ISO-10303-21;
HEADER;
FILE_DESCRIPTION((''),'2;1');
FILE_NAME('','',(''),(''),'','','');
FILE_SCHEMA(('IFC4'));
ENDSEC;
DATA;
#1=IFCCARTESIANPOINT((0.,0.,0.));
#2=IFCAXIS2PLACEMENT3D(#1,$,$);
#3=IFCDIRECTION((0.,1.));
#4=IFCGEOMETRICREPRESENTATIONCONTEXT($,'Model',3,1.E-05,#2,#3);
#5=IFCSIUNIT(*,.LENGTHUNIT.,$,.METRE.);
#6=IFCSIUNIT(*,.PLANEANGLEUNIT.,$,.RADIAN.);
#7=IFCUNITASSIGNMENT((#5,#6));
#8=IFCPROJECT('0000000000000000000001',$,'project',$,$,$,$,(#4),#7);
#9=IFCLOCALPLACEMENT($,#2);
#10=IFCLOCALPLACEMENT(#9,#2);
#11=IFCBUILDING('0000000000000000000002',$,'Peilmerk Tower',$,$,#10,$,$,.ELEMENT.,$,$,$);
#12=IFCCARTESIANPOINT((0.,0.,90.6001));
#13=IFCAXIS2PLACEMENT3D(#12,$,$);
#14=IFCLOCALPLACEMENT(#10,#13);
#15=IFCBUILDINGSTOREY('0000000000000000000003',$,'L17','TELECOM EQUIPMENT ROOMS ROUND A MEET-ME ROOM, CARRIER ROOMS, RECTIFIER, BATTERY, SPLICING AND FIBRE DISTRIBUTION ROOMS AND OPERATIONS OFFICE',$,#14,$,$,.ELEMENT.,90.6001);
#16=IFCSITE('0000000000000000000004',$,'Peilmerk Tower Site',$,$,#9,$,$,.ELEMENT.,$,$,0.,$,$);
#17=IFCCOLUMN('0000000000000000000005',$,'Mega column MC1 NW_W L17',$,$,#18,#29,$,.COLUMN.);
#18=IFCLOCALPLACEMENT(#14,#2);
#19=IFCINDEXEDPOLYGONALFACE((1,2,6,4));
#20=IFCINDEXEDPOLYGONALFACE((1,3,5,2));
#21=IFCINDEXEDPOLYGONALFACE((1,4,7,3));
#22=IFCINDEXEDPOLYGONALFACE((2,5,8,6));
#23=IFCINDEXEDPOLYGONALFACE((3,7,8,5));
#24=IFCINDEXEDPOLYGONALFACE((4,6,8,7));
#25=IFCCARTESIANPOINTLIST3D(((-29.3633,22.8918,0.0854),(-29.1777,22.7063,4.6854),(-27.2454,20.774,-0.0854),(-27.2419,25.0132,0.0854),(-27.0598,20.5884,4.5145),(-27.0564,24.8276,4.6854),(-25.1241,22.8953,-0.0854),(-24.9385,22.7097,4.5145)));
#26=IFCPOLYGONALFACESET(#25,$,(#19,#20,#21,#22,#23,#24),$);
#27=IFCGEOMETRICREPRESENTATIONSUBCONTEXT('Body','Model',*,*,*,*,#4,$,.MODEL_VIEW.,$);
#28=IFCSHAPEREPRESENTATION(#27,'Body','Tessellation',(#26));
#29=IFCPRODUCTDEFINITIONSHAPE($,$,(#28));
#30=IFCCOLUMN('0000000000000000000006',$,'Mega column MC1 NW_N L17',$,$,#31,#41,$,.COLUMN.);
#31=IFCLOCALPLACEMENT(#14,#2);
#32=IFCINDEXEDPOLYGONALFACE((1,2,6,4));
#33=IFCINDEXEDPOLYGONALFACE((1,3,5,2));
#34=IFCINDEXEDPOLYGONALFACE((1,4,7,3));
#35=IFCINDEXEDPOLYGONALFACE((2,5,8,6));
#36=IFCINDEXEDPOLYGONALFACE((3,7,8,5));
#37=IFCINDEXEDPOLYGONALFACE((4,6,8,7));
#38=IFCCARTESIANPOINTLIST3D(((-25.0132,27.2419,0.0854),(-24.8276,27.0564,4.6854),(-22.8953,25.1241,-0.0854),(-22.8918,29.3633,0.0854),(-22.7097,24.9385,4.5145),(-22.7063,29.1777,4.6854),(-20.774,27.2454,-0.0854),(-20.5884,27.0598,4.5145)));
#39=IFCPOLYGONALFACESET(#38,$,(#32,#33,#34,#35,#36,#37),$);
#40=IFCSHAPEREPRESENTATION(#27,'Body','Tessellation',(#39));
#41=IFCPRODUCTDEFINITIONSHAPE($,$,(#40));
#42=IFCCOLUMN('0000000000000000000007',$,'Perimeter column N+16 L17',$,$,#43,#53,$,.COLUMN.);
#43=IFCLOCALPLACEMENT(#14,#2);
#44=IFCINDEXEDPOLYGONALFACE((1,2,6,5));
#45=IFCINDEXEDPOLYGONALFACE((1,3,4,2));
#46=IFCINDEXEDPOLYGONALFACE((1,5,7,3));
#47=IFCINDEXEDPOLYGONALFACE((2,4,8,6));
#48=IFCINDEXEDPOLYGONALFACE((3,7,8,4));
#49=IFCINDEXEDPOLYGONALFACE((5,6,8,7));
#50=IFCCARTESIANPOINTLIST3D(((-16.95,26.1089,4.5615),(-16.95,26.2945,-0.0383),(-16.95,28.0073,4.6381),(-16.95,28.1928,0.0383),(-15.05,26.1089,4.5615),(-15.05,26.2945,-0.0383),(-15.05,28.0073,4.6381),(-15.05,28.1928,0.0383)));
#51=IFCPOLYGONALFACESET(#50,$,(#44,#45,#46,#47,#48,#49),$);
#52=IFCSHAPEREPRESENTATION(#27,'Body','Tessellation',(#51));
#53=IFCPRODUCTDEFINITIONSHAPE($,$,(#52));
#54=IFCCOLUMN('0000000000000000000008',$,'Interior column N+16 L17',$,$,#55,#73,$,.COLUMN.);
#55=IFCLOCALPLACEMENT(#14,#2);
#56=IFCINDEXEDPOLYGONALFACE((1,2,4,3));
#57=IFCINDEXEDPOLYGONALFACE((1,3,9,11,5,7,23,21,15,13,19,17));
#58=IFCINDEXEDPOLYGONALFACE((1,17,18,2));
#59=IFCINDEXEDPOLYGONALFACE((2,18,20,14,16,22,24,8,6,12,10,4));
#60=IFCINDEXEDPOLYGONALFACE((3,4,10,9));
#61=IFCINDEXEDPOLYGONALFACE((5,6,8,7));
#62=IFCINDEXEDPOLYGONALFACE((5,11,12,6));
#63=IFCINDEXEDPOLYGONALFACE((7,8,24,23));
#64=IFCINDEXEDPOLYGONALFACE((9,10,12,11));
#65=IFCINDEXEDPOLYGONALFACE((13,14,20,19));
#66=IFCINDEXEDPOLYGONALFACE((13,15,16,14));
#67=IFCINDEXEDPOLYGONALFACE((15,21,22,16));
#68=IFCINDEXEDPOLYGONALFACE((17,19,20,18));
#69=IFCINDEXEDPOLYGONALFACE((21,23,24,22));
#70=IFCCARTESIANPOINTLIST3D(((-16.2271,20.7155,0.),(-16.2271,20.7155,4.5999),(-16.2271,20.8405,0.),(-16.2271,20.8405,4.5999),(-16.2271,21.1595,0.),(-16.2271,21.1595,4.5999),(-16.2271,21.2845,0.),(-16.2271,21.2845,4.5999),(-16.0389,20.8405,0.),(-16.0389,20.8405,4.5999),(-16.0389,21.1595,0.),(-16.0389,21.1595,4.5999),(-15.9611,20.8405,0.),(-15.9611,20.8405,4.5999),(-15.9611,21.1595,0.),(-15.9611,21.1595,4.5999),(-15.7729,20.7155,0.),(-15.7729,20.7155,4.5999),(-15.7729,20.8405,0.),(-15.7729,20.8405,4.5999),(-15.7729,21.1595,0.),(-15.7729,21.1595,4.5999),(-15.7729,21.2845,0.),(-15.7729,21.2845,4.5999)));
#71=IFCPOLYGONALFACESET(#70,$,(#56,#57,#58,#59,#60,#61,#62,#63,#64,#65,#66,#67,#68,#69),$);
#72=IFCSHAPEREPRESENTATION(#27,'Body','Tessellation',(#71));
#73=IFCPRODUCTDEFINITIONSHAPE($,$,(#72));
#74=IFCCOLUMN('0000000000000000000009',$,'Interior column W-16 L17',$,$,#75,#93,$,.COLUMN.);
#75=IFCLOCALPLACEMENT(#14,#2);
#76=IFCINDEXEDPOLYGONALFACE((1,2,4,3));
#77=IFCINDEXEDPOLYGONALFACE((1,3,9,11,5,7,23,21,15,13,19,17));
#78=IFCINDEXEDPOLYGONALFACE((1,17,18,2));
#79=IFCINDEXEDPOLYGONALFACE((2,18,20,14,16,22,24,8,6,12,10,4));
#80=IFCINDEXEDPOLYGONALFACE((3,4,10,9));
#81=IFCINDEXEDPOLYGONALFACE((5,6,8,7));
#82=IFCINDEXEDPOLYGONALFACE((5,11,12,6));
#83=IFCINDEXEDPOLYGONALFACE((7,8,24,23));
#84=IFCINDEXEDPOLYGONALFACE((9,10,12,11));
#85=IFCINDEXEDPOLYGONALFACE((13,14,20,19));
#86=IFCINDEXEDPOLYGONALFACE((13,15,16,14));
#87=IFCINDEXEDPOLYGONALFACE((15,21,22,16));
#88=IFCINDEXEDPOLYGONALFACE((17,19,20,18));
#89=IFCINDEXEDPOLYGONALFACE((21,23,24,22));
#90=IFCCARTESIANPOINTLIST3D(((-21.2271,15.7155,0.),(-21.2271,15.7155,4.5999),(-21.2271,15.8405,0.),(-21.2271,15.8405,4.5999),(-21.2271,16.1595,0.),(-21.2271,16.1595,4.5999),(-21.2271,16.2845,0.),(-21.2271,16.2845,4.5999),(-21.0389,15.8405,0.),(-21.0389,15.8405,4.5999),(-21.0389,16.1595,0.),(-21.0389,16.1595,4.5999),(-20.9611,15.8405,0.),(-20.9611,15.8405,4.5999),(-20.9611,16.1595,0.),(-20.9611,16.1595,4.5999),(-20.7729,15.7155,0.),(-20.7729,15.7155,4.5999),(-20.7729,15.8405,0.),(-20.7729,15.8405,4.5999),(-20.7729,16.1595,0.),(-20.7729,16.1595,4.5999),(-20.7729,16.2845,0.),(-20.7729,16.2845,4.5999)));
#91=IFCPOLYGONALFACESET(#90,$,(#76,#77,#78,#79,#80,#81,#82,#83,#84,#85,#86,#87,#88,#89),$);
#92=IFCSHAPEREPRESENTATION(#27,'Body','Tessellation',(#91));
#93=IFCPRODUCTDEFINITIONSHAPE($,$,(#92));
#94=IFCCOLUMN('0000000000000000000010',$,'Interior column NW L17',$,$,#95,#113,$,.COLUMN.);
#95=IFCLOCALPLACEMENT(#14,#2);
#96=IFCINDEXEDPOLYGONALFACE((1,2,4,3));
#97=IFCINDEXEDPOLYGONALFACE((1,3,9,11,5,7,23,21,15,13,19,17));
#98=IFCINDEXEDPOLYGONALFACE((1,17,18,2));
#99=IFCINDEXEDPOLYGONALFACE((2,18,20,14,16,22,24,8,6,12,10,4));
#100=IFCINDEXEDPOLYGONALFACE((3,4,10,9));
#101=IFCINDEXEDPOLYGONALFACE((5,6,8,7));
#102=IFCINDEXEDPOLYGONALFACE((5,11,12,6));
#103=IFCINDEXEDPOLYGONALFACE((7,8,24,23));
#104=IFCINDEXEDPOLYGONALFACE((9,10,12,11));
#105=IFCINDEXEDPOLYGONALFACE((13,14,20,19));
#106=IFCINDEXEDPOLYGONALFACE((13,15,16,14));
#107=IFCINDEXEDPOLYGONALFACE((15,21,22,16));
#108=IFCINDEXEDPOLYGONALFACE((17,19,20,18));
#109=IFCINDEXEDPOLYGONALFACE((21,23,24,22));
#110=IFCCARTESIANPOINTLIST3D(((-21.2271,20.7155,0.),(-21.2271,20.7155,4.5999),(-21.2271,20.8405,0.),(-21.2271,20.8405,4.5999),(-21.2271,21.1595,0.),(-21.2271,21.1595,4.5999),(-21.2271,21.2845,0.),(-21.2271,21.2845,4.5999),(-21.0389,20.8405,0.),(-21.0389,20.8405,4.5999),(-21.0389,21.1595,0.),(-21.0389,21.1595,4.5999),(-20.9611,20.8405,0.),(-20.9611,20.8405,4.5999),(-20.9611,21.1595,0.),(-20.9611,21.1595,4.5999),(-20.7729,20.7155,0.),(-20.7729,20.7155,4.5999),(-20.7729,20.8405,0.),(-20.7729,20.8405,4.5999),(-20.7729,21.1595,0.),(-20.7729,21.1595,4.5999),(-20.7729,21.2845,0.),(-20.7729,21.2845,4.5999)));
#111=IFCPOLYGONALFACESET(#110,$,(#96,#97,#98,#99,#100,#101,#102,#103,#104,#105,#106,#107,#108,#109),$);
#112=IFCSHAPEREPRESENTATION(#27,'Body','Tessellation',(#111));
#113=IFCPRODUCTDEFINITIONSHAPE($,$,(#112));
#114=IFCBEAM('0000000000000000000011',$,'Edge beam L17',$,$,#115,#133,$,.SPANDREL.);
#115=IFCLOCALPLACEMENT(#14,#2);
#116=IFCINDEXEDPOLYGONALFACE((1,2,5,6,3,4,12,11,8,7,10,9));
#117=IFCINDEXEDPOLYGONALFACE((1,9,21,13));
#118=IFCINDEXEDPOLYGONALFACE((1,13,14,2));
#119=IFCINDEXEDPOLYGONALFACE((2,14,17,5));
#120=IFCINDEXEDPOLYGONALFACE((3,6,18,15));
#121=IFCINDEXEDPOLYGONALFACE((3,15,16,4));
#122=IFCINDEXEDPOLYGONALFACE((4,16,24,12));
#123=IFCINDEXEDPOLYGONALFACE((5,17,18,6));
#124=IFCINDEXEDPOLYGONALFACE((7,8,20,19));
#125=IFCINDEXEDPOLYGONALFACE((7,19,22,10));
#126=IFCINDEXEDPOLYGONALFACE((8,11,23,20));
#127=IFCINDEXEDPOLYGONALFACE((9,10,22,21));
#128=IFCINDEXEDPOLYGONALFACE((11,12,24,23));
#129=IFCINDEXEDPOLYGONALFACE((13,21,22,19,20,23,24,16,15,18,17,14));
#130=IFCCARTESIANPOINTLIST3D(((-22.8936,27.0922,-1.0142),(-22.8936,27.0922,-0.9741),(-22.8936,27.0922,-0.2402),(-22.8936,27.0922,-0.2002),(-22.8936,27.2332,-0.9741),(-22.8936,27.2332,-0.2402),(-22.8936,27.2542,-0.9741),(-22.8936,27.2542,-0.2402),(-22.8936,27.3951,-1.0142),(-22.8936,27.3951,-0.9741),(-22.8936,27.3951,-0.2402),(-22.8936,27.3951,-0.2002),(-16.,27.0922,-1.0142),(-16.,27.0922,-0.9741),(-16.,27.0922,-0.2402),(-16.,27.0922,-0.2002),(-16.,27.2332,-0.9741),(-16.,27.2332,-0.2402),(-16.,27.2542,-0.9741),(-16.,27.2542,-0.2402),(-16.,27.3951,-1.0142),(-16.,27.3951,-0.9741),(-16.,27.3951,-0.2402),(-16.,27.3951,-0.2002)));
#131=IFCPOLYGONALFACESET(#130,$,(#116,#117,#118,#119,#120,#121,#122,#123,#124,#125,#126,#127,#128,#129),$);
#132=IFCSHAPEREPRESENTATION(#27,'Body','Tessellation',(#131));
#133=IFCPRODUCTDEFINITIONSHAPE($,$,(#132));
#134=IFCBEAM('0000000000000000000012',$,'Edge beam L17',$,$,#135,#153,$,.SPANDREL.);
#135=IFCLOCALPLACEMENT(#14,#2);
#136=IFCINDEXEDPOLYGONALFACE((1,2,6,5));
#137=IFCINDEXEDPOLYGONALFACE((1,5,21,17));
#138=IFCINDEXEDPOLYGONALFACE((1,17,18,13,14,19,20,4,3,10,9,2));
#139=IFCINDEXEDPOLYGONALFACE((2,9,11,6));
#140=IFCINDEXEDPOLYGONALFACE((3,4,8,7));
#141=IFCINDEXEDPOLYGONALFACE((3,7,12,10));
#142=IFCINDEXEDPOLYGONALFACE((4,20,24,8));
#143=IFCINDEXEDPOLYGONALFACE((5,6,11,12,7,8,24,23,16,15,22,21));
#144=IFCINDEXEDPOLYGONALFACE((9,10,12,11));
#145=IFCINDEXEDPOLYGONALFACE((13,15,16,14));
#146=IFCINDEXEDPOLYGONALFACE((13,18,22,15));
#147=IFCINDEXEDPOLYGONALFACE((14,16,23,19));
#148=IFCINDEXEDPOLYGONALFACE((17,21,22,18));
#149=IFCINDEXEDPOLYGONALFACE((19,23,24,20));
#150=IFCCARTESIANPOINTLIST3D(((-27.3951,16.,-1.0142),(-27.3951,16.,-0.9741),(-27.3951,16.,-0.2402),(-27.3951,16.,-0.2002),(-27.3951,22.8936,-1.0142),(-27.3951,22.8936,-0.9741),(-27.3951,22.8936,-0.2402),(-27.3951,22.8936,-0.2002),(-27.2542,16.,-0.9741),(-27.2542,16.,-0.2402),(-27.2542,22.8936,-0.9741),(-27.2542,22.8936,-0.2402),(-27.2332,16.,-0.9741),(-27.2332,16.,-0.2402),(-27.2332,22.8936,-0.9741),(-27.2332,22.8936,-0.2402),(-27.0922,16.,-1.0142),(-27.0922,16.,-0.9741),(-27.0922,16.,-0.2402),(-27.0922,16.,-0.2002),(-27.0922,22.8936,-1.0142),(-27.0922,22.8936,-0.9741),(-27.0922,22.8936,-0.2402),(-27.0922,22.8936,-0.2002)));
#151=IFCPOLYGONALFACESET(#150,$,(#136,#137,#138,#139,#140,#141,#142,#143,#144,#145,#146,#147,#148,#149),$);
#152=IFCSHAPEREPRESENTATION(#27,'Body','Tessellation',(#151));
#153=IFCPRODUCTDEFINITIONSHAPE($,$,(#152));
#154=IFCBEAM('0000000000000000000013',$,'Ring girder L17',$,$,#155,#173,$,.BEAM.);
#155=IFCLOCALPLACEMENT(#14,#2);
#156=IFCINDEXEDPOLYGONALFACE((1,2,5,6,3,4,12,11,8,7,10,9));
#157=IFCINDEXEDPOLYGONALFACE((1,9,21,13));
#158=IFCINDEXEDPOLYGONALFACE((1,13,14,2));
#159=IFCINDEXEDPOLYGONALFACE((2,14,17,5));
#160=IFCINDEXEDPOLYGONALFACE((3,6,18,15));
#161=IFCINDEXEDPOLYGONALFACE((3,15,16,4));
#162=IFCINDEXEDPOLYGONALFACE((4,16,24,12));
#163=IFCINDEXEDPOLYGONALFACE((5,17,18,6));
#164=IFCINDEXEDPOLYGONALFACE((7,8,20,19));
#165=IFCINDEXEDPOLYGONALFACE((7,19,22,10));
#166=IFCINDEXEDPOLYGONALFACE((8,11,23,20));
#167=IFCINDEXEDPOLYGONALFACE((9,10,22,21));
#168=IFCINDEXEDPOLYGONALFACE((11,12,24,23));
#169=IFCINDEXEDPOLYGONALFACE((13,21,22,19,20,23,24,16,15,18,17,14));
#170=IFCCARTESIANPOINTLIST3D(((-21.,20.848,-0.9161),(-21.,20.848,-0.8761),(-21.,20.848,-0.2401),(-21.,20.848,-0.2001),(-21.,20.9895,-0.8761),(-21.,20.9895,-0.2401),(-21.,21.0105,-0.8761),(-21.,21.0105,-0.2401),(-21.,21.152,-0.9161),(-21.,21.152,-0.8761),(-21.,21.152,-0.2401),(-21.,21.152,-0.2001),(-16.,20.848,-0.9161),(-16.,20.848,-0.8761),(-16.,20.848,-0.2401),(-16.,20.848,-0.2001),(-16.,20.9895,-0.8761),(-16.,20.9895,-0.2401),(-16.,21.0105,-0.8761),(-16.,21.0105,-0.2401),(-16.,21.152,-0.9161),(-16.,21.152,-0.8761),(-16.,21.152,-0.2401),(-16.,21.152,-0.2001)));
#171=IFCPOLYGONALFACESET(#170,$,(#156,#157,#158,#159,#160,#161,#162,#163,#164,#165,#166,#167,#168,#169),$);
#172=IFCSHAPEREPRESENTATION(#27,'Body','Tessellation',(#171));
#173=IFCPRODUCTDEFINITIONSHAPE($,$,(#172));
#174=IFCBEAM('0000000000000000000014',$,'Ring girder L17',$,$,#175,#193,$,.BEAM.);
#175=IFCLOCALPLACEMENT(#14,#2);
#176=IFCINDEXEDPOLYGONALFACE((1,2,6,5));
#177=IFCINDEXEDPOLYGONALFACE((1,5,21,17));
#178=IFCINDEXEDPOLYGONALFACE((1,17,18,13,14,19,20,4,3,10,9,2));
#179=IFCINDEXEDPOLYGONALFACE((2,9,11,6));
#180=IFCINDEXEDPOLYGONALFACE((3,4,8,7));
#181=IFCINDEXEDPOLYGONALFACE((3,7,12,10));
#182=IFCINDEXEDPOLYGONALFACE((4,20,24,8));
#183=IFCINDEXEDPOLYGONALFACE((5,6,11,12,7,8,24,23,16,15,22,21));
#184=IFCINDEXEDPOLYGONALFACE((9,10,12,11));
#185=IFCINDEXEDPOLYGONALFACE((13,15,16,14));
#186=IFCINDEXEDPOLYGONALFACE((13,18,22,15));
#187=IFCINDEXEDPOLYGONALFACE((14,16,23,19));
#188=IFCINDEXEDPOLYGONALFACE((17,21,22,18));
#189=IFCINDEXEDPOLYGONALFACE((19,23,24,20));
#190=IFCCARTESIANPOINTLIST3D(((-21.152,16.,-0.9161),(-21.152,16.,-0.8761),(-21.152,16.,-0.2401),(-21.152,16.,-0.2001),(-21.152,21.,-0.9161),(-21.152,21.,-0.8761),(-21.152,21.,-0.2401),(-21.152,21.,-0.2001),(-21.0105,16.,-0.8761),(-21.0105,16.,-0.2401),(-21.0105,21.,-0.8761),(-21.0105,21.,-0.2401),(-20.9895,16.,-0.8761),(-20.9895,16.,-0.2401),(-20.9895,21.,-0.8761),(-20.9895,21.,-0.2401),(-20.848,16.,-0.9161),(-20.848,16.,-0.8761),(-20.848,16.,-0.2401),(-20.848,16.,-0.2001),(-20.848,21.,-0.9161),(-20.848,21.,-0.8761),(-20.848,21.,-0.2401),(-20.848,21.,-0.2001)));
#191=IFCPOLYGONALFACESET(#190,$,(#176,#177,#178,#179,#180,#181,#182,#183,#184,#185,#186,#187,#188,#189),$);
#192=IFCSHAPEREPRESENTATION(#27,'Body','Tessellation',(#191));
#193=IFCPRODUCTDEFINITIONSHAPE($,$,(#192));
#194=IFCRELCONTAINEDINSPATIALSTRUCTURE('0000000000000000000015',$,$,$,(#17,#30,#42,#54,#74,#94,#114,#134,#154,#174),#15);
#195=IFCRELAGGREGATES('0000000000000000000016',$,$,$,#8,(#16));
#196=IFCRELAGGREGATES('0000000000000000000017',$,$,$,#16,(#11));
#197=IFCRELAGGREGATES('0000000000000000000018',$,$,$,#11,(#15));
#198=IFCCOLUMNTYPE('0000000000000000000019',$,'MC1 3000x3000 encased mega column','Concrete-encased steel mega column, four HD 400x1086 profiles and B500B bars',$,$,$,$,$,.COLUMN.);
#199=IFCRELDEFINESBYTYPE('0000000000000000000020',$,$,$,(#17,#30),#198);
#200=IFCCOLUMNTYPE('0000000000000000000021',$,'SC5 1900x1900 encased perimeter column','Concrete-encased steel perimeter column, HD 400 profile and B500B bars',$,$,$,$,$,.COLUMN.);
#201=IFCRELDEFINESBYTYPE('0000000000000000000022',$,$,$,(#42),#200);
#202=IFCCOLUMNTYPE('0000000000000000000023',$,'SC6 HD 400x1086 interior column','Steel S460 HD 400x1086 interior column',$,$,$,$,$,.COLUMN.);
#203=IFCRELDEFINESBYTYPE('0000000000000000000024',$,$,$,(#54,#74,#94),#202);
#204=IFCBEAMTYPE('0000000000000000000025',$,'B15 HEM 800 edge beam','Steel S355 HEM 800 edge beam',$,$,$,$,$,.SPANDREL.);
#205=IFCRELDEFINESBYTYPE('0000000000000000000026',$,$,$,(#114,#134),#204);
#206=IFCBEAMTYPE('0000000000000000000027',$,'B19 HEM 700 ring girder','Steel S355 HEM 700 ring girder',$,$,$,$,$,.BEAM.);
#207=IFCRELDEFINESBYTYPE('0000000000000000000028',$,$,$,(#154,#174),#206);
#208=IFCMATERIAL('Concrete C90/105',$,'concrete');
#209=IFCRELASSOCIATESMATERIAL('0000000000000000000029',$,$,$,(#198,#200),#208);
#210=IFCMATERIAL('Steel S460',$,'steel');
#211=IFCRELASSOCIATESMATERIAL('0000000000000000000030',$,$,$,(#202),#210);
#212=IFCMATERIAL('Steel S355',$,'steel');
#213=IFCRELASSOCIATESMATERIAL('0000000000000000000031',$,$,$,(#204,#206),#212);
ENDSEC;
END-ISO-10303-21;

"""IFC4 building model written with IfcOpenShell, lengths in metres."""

from ifc_helpers import new_model, si_unit, direction, frame, origin, origin_2d, place, context, subcontext, project, spatial, rectangle, i_section, extrude, material, material_profile, profile_set, type_object, element, save


model = new_model("IFC4")

# Units and contexts
model_context = context("Model", 3, precision=1e-05, world=origin(), true_north=direction((0.0, 1.0)))
body_context = subcontext(model_context, "Body", "Model", "MODEL_VIEW")
ifc_project = project(units=[si_unit("LENGTHUNIT", "METRE"), si_unit("PLANEANGLEUNIT", "RADIAN")], contexts=[model_context])

# Site, building, storey
site_placement = place(None, origin())
site = spatial("IfcSite", under=ifc_project, at=site_placement, Name="Peilmerk Tower Site", CompositionType="ELEMENT", RefElevation=0.0)
building_placement = place(site_placement, origin())
building = spatial("IfcBuilding", under=site, at=building_placement, Name="Peilmerk Tower", CompositionType="ELEMENT")
storey_placement = place(building_placement, frame((0.0, 0.0, 90.6001)))
storey = spatial("IfcBuildingStorey", under=building, at=storey_placement, Name="L17", Description="TELECOM EQUIPMENT ROOMS ROUND A MEET-ME ROOM, CARRIER ROOMS, RECTIFIER, BATTERY, SPLICING AND FIBRE DISTRIBUTION ROOMS AND OPERATIONS OFFICE", CompositionType="ELEMENT", Elevation=90.6001)

# Columns
ifc_material_1 = material(Name="Concrete C90/105", Category="concrete")
ifc_material_profile_1 = material_profile(ifc_material_1, rectangle(XDim=3.0, YDim=3.0, at=origin_2d()), Name="RC 3000x3000")
ifc_profile_set_1 = profile_set([ifc_material_profile_1], Name="Concrete C90/105")
column_type_1 = type_object("IfcColumnType", Name="MC1 3000x3000 encased mega column", Description="Concrete-encased steel mega column, four HD 400x1086 profiles and B500B bars", PredefinedType="COLUMN", material=ifc_profile_set_1)
for number, where, z_axis, x_axis, name in (
    (1, (-27.2437, 22.8936, 0.0), (0.040272, -0.040272, 0.998377), (0.707107, 0.707107, 0.0), "Mega column MC1 NW_W L17"),
    (2, (-22.8936, 27.2437, 0.0), (0.040272, -0.040272, 0.998377), (0.707107, 0.707107, 0.0), "Mega column MC1 NW_N L17"),
):
    element("IfcColumn", number, at=place(storey_placement, frame(where, z_axis=z_axis, x_axis=x_axis)), inside=storey, type_object=column_type_1, Name=name, PredefinedType="COLUMN", context=body_context, shape_type="SweptSolid", body=[
        extrude(rectangle(XDim=3.0, YDim=3.0, at=origin_2d()), origin(), (0.0, 0.0, 1.0), 4.6074),
    ])
ifc_material_profile_2 = material_profile(ifc_material_1, rectangle(XDim=1.8999, YDim=1.8999, at=origin_2d()), Name="RC 1900x1900")
ifc_profile_set_2 = profile_set([ifc_material_profile_2], Name="Concrete C90/105")
column_type_2 = type_object("IfcColumnType", Name="SC5 1900x1900 encased perimeter column", Description="Concrete-encased steel perimeter column, HD 400 profile and B500B bars", PredefinedType="COLUMN", material=ifc_profile_set_2)
column_placement = place(storey_placement, frame((-16.0, 27.2437, 0.0), z_axis=(0.0, -0.040305, 0.999187), x_axis=(1.0, 0.0, 0.0)))
element("IfcColumn", 3, at=column_placement, inside=storey, type_object=column_type_2, Name="Perimeter column N+16 L17", PredefinedType="COLUMN", context=body_context, shape_type="SweptSolid", body=[
    extrude(rectangle(XDim=1.8999, YDim=1.8999, at=origin_2d()), origin(), (0.0, 0.0, 1.0), 4.6035),
])
ifc_material_2 = material(Name="Steel S460", Category="steel")
ifc_material_profile_3 = material_profile(ifc_material_2, i_section(OverallWidth=0.4541, OverallDepth=0.5691, WebThickness=0.0779, FlangeThickness=0.125, at=origin_2d()), Name="HD 400x1086")
ifc_profile_set_3 = profile_set([ifc_material_profile_3], Name="Steel S460")
column_type_3 = type_object("IfcColumnType", Name="SC6 HD 400x1086 interior column", Description="Steel S460 HD 400x1086 interior column", PredefinedType="COLUMN", material=ifc_profile_set_3)
for number, where, z_axis, x_axis, name in (
    (4, (-16.0, 21.0, 0.0), (0.0, 0.0, 1.0), (1.0, 0.0, 0.0), "Interior column N+16 L17"),
    (5, (-21.0, 16.0, 0.0), (0.0, 0.0, 1.0), (1.0, 0.0, 0.0), "Interior column W-16 L17"),
    (6, (-21.0, 21.0, 0.0), (0.0, 0.0, 1.0), (1.0, 0.0, 0.0), "Interior column NW L17"),
):
    element("IfcColumn", number, at=place(storey_placement, frame(where, z_axis=z_axis, x_axis=x_axis)), inside=storey, type_object=column_type_3, Name=name, PredefinedType="COLUMN", context=body_context, shape_type="SweptSolid", body=[
        extrude(i_section(OverallWidth=0.4541, OverallDepth=0.5691, WebThickness=0.0779, FlangeThickness=0.125, at=origin_2d()), origin(), (0.0, 0.0, 1.0), 4.5999),
    ])

# Beams
ifc_material_3 = material(Name="Steel S355", Category="steel")
ifc_material_profile_4 = material_profile(ifc_material_3, i_section(OverallWidth=0.303, OverallDepth=0.814, WebThickness=0.021, FlangeThickness=0.04, at=origin_2d()), Name="HEM 800")
ifc_profile_set_4 = profile_set([ifc_material_profile_4], Name="Steel S355")
beam_type_1 = type_object("IfcBeamType", Name="B15 HEM 800 edge beam", Description="Steel S355 HEM 800 edge beam", PredefinedType="SPANDREL", material=ifc_profile_set_4)
for number, where, z_axis, x_axis, name in (
    (7, (-16.0, 27.2437, -0.6072), (-1.0, 0.0, 0.0), (0.0, -1.0, 0.0), "Edge beam L17"),
    (8, (-27.2437, 22.8936, -0.6072), (0.0, -1.0, 0.0), (1.0, 0.0, 0.0), "Edge beam L17"),
):
    element("IfcBeam", number, at=place(storey_placement, frame(where, z_axis=z_axis, x_axis=x_axis)), inside=storey, type_object=beam_type_1, Name=name, PredefinedType="SPANDREL", context=body_context, shape_type="SweptSolid", body=[
        extrude(i_section(OverallWidth=0.303, OverallDepth=0.814, WebThickness=0.021, FlangeThickness=0.04, at=origin_2d()), origin(), (0.0, 0.0, 1.0), 6.8936),
    ])
ifc_material_profile_5 = material_profile(ifc_material_3, i_section(OverallWidth=0.304, OverallDepth=0.7161, WebThickness=0.021, FlangeThickness=0.04, at=origin_2d()), Name="HEM 700")
ifc_profile_set_5 = profile_set([ifc_material_profile_5], Name="Steel S355")
beam_type_2 = type_object("IfcBeamType", Name="B19 HEM 700 ring girder", Description="Steel S355 HEM 700 ring girder", PredefinedType="BEAM", material=ifc_profile_set_5)
for number, where, z_axis, x_axis, name in (
    (9, (-16.0, 21.0, -0.5581), (-1.0, 0.0, 0.0), (0.0, -1.0, 0.0), "Ring girder L17"),
    (10, (-21.0, 21.0, -0.5581), (0.0, -1.0, 0.0), (1.0, 0.0, 0.0), "Ring girder L17"),
):
    element("IfcBeam", number, at=place(storey_placement, frame(where, z_axis=z_axis, x_axis=x_axis)), inside=storey, type_object=beam_type_2, Name=name, PredefinedType="BEAM", context=body_context, shape_type="SweptSolid", body=[
        extrude(i_section(OverallWidth=0.304, OverallDepth=0.7161, WebThickness=0.021, FlangeThickness=0.04, at=origin_2d()), origin(), (0.0, 0.0, 1.0), 5.0),
    ])

save(model, "model.ifc")
